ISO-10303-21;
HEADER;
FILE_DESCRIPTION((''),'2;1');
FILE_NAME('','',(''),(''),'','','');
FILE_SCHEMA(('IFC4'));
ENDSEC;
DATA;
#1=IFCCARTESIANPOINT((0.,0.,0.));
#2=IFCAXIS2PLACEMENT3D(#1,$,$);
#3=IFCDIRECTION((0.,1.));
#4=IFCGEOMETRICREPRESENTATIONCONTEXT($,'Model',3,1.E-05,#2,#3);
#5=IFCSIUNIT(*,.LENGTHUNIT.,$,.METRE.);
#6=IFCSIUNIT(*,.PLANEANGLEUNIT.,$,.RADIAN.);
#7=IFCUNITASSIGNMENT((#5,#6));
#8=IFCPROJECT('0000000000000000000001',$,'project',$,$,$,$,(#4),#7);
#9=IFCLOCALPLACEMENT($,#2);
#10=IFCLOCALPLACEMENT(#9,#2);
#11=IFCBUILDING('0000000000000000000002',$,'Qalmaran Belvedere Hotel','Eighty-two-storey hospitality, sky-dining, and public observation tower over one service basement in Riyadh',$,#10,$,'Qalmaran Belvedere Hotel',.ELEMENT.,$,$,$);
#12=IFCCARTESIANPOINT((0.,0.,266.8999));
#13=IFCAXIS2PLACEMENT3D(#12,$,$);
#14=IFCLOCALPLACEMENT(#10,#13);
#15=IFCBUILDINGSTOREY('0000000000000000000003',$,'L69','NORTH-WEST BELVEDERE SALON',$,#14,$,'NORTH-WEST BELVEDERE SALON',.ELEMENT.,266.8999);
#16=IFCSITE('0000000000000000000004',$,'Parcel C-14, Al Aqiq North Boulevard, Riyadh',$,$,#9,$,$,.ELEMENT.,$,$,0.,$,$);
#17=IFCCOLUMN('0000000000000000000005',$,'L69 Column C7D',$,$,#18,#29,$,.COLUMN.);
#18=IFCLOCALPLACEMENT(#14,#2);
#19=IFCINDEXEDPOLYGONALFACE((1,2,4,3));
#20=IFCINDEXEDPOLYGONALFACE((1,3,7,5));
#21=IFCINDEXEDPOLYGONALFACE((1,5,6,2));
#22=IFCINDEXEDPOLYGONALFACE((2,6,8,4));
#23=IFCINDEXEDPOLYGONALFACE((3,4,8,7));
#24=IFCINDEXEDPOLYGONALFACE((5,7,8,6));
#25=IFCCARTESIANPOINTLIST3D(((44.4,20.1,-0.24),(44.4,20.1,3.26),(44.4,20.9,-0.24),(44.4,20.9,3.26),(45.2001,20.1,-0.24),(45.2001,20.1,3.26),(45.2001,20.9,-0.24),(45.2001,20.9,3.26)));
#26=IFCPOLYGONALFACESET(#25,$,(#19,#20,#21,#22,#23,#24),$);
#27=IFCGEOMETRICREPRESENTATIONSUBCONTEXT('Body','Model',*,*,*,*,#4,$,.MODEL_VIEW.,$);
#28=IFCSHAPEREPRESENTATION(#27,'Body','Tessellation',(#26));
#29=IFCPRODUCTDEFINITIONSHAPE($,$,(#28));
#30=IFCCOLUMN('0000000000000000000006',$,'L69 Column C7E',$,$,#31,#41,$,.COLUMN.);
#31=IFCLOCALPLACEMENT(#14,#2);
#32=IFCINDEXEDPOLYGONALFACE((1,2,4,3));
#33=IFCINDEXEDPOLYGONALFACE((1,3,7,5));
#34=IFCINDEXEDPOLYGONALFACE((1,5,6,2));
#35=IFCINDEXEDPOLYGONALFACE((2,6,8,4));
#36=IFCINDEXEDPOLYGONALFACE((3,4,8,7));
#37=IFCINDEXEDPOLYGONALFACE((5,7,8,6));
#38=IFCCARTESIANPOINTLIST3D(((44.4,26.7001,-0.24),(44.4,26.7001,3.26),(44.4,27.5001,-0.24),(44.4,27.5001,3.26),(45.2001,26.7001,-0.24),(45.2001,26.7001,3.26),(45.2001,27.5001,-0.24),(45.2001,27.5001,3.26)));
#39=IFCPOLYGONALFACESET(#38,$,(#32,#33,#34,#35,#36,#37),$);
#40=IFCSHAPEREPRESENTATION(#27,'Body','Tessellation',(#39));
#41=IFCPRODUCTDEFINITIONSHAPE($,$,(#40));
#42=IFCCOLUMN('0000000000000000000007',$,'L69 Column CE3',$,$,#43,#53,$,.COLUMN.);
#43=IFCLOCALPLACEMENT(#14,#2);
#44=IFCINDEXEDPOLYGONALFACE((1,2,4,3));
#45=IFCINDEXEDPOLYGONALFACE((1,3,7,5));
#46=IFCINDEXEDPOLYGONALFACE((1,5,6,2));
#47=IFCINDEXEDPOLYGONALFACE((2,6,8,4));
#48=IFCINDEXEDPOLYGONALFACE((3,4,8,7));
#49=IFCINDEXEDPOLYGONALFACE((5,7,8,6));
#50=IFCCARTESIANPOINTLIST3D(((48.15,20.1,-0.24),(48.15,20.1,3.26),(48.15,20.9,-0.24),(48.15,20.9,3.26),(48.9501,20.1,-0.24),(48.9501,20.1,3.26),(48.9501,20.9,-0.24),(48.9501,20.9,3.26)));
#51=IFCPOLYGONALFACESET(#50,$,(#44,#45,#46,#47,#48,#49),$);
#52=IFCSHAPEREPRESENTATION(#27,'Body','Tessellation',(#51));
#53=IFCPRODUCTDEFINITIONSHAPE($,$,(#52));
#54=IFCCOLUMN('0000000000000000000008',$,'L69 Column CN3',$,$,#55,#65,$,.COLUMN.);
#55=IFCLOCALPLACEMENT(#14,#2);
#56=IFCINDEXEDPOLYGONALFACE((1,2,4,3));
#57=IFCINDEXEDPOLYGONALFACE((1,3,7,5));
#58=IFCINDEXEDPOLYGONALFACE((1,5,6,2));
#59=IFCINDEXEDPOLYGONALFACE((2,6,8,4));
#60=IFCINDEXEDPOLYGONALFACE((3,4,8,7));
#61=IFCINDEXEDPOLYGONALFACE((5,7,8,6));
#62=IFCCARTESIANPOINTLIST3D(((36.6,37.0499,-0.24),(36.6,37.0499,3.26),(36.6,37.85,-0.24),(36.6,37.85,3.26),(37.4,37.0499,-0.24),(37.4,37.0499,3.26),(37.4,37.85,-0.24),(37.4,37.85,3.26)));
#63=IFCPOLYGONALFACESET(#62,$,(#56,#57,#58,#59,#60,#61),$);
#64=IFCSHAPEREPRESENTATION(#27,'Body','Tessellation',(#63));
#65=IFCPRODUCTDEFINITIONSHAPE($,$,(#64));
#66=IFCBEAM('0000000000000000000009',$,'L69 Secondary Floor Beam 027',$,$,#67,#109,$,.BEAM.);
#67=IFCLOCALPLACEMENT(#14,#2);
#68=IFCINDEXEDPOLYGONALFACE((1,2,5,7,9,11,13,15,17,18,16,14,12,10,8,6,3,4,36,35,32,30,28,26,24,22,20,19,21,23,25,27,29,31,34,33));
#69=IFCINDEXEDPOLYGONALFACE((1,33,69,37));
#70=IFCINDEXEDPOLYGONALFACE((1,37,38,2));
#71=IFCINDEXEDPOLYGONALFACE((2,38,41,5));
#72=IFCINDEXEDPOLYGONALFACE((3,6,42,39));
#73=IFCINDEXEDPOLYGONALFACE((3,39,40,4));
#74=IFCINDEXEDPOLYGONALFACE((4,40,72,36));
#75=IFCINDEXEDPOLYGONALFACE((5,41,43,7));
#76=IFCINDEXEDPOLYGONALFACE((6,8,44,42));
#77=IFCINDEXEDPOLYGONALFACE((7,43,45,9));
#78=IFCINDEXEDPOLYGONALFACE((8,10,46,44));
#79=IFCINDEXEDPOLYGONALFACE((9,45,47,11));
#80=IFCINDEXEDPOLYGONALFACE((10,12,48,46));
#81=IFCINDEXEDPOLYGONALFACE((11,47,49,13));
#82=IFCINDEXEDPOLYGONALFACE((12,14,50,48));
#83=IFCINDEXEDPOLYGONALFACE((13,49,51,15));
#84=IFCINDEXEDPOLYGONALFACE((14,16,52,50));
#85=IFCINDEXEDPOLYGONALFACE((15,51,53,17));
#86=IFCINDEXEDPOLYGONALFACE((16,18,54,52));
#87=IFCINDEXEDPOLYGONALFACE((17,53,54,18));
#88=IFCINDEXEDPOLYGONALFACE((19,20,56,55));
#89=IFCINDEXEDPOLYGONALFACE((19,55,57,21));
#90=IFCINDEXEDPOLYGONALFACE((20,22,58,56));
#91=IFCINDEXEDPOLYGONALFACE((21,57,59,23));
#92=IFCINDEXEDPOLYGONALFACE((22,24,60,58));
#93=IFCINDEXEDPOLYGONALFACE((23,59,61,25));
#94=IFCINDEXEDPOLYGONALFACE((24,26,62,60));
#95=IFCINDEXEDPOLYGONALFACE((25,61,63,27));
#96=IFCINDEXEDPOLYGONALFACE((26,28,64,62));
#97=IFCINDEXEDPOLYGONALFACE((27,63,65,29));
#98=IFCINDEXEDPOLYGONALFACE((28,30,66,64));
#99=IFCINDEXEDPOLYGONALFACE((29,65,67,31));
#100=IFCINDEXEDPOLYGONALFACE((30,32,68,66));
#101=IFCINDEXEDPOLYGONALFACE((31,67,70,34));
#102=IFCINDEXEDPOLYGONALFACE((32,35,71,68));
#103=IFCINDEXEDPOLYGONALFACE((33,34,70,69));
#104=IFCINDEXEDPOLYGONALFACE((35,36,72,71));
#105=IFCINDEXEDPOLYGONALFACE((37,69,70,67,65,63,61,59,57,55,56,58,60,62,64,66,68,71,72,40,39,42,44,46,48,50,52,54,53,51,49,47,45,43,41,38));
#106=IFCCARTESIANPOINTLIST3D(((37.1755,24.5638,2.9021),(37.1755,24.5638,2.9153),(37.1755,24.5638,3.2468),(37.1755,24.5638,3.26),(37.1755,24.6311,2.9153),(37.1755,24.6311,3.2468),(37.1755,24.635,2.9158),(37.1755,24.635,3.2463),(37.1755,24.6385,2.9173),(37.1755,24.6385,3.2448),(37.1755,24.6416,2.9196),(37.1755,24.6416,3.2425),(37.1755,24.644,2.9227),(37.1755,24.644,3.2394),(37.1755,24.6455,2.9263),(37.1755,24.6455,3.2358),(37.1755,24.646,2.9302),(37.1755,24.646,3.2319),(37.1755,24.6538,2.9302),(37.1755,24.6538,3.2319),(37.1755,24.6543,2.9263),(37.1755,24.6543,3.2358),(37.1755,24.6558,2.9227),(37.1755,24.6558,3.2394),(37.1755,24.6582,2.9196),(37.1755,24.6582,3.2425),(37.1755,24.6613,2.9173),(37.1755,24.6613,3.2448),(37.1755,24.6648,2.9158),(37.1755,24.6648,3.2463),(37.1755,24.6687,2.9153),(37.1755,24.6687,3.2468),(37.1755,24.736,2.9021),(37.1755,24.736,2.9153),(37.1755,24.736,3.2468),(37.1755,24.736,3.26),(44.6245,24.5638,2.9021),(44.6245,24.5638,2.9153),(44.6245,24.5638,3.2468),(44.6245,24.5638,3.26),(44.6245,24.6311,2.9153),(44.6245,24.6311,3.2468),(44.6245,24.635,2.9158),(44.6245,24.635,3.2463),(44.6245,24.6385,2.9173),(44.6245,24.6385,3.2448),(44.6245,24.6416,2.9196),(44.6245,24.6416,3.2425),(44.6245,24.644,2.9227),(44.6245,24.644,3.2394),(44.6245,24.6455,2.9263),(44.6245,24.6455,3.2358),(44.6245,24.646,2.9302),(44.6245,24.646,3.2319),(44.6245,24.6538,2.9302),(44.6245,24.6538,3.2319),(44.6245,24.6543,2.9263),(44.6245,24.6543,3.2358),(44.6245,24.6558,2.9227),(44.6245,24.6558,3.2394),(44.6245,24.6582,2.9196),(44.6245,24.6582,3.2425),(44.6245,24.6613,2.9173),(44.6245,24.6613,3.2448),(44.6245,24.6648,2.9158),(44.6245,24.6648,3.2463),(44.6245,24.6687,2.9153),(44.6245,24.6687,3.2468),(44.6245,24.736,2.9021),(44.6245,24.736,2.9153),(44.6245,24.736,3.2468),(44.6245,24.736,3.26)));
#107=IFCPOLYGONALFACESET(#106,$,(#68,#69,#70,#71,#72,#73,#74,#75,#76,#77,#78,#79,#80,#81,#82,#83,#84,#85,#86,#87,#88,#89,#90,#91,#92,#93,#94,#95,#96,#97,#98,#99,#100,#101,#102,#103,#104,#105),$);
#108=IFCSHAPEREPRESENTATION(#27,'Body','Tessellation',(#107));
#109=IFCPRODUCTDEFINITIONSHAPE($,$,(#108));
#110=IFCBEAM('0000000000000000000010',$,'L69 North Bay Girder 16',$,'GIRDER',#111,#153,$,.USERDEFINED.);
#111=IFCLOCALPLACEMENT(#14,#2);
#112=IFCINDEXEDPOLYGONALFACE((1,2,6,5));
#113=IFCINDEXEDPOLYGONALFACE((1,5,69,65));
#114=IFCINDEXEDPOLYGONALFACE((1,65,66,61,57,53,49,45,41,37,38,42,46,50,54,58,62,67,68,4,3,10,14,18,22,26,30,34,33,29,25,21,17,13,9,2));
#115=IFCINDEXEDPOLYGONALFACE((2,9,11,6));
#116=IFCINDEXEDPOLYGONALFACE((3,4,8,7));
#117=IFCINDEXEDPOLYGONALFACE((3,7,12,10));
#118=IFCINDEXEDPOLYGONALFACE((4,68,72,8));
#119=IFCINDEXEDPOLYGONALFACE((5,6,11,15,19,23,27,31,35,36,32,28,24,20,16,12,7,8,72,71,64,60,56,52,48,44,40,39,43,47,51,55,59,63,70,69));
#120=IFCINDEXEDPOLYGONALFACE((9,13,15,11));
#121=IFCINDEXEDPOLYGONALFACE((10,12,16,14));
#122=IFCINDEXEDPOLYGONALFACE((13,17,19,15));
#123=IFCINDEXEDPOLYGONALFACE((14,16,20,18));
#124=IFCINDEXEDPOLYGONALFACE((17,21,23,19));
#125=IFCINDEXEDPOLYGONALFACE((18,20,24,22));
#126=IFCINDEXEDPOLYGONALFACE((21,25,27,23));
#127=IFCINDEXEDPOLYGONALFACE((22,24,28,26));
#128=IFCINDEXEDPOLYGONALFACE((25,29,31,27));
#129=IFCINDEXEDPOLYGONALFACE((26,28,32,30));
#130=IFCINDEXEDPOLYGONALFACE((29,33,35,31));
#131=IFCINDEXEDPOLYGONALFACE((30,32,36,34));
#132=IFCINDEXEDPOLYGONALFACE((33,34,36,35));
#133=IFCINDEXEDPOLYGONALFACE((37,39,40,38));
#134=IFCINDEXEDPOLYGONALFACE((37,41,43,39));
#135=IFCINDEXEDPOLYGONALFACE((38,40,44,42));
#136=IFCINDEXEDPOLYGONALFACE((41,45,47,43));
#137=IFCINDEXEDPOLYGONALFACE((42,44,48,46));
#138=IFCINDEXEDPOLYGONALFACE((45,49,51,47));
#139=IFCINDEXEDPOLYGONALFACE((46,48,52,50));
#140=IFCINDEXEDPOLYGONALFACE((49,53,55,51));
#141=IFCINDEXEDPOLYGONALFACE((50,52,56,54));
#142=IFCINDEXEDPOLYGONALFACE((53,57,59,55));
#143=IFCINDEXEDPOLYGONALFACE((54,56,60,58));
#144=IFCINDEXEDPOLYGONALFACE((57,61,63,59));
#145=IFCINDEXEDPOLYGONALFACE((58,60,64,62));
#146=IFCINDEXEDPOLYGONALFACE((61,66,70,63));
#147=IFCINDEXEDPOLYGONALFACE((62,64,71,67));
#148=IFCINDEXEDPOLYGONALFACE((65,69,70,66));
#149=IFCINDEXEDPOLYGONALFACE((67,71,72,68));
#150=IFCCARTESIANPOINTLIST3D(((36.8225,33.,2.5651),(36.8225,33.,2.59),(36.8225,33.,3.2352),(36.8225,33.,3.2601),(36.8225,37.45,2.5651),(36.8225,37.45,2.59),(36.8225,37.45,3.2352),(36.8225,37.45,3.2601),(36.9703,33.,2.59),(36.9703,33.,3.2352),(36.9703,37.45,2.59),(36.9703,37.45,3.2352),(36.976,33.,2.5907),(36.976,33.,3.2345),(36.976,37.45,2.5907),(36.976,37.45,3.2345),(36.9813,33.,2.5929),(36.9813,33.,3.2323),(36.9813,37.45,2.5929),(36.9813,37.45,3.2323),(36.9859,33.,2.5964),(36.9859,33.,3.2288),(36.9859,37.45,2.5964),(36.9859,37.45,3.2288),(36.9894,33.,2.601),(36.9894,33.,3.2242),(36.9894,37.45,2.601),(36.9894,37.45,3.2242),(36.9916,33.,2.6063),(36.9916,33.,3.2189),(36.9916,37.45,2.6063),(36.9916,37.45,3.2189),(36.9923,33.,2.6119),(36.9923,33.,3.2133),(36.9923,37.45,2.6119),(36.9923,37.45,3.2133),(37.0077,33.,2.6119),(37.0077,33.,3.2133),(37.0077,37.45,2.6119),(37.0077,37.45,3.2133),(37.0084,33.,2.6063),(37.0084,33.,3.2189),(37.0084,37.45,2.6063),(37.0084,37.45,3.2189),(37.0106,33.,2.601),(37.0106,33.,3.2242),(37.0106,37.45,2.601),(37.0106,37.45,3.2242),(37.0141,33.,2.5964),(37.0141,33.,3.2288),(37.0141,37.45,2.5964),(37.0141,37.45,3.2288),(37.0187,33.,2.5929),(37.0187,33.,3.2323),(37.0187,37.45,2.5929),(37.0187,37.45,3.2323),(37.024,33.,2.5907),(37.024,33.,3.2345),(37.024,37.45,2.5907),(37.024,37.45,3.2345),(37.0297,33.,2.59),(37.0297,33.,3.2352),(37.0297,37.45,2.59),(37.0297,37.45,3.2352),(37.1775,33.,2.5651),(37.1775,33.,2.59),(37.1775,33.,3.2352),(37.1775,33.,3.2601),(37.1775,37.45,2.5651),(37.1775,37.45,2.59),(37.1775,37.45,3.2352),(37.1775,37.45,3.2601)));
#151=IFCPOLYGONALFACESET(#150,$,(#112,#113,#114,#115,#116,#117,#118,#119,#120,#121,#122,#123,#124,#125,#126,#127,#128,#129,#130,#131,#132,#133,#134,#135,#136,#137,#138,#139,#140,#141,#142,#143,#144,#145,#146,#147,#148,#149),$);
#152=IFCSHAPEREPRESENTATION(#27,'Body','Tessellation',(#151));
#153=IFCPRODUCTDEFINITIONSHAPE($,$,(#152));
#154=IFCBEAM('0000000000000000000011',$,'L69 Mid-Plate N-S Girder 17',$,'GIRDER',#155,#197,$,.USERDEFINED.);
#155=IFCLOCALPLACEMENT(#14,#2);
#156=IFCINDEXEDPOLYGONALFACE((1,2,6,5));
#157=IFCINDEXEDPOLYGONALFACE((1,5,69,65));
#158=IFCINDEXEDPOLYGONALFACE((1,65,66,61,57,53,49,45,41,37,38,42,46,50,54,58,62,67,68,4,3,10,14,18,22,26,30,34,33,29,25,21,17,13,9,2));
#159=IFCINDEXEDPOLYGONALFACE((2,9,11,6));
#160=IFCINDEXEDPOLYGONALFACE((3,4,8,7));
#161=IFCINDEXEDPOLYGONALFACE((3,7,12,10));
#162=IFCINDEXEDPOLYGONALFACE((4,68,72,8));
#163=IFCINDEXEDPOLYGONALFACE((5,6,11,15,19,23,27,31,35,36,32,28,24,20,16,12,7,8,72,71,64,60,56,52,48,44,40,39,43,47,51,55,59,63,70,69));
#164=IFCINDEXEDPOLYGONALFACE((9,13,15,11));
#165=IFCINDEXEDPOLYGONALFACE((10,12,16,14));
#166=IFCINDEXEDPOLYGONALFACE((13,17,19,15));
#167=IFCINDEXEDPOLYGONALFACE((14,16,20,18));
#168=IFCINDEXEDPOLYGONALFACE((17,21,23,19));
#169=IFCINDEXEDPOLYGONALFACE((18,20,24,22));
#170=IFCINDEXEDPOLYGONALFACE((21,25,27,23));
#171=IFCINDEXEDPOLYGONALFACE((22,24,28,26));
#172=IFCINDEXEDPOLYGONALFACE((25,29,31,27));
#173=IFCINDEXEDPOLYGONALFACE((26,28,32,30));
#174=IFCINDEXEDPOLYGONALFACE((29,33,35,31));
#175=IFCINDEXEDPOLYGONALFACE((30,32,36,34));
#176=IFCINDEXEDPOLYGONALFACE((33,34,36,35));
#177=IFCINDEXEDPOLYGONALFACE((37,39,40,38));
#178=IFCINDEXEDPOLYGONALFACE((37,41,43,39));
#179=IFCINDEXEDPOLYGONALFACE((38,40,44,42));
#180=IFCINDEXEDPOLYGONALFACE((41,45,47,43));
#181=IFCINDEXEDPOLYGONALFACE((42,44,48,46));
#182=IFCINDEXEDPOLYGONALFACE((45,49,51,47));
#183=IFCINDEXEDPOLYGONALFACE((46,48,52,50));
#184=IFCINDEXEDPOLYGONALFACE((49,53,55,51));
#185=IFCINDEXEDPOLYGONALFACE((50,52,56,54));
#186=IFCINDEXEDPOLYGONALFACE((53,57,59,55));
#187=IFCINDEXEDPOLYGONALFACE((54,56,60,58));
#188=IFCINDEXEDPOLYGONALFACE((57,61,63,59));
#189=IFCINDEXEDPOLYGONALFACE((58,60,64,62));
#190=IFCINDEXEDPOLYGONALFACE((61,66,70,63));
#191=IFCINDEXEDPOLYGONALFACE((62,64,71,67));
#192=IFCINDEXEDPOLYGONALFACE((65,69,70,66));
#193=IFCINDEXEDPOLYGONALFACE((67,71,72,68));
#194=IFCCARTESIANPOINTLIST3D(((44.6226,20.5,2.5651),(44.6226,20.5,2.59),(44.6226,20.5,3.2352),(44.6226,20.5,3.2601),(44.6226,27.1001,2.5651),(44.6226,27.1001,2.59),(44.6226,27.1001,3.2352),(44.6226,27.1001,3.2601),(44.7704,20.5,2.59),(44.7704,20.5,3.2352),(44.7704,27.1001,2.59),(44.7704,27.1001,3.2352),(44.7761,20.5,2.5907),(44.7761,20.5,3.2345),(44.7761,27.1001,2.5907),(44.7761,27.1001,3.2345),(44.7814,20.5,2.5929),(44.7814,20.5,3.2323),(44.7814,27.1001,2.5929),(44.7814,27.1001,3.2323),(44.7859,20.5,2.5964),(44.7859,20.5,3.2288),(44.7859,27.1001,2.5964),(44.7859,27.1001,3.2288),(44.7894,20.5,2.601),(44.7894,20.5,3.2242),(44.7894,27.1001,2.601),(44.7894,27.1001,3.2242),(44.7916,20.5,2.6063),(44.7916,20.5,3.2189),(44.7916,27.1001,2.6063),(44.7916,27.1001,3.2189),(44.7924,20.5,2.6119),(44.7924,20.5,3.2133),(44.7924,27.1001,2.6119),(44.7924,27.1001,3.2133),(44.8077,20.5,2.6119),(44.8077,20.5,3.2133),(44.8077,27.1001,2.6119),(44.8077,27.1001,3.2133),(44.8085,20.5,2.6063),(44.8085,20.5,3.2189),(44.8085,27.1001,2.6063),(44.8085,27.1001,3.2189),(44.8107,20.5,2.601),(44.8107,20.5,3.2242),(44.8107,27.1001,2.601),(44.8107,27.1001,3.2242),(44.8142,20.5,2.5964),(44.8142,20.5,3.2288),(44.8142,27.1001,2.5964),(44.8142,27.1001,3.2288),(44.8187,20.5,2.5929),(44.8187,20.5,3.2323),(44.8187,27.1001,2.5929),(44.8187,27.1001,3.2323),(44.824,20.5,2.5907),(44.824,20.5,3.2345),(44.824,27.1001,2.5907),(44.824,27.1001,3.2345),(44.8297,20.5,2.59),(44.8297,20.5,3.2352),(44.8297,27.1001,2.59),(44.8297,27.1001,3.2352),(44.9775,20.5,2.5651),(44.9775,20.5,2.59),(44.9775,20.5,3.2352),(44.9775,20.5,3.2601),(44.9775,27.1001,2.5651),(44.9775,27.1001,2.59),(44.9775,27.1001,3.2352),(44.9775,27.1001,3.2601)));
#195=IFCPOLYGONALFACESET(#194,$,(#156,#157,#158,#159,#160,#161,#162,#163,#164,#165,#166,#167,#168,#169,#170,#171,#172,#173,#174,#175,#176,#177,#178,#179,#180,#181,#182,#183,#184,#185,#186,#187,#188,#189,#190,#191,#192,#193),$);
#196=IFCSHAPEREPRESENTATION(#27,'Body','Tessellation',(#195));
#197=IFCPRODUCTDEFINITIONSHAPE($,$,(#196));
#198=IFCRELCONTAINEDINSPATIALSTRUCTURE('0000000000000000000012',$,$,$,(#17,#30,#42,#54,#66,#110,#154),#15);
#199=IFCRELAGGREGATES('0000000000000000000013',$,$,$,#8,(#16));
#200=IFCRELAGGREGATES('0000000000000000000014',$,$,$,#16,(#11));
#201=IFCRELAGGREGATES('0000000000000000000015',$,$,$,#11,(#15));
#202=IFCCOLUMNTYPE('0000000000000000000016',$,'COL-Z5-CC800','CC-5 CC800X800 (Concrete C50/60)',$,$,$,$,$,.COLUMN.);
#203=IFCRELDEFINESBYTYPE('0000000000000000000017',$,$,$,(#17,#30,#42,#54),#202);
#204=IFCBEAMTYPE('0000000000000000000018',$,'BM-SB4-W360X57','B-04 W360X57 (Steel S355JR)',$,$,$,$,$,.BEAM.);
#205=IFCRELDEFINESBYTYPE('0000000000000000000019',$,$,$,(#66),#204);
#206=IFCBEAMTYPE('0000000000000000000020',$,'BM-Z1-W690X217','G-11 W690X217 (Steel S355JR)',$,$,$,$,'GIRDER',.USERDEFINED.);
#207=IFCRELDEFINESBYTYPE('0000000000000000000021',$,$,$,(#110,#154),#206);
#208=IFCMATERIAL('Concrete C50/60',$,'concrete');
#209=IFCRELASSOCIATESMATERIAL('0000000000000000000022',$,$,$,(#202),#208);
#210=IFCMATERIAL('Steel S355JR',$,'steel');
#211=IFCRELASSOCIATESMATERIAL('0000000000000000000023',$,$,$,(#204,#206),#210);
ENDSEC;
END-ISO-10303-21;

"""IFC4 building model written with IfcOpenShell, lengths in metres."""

from ifc_helpers import new_model, si_unit, direction, frame, origin, origin_2d, place, context, subcontext, project, spatial, rectangle, i_section, extrude, material, material_profile, profile_set, type_object, element, save


model = new_model("IFC4")

# Units and contexts
model_context = context("Model", 3, precision=1e-05, world=origin(), true_north=direction((0.0, 1.0)))
body_context = subcontext(model_context, "Body", "Model", "MODEL_VIEW")
ifc_project = project(units=[si_unit("LENGTHUNIT", "METRE"), si_unit("PLANEANGLEUNIT", "RADIAN")], contexts=[model_context])

# Site, building, storey
site_placement = place(None, origin())
site = spatial("IfcSite", under=ifc_project, at=site_placement, Name="Parcel C-14, Al Aqiq North Boulevard, Riyadh", CompositionType="ELEMENT", RefElevation=0.0)
building_placement = place(site_placement, origin())
building = spatial("IfcBuilding", under=site, at=building_placement, Name="Qalmaran Belvedere Hotel", Description="Eighty-two-storey hospitality, sky-dining, and public observation tower over one service basement in Riyadh", LongName="Qalmaran Belvedere Hotel", CompositionType="ELEMENT")
storey_placement = place(building_placement, frame((0.0, 0.0, 266.8999)))
storey = spatial("IfcBuildingStorey", under=building, at=storey_placement, Name="L69", Description="NORTH-WEST BELVEDERE SALON", LongName="NORTH-WEST BELVEDERE SALON", CompositionType="ELEMENT", Elevation=266.8999)

# Columns
ifc_material_1 = material(Name="Concrete C50/60", Category="concrete")
ifc_material_profile_1 = material_profile(ifc_material_1, rectangle(XDim=0.8, YDim=0.8, at=origin_2d()), Name="CC800X800")
ifc_profile_set_1 = profile_set([ifc_material_profile_1], Name="Concrete C50/60")
column_type = type_object("IfcColumnType", Name="COL-Z5-CC800", Description="CC-5 CC800X800 (Concrete C50/60)", PredefinedType="COLUMN", material=ifc_profile_set_1)
for number, where, z_axis, x_axis, name in (
    (1, (44.8, 20.5, -0.24), (0.0, 0.0, 1.0), (1.0, 0.0, 0.0), "L69 Column C7D"),
    (2, (44.8, 27.1001, -0.24), (0.0, 0.0, 1.0), (1.0, 0.0, 0.0), "L69 Column C7E"),
    (3, (48.55, 20.5, -0.24), (0.0, 0.0, 1.0), (1.0, 0.0, 0.0), "L69 Column CE3"),
    (4, (37.0, 37.45, -0.24), (0.0, 0.0, 1.0), (1.0, 0.0, 0.0), "L69 Column CN3"),
):
    element("IfcColumn", number, at=place(storey_placement, frame(where, z_axis=z_axis, x_axis=x_axis)), inside=storey, type_object=column_type, Name=name, PredefinedType="COLUMN", context=body_context, shape_type="SweptSolid", body=[
        extrude(rectangle(XDim=0.8, YDim=0.8, at=origin_2d()), origin(), (0.0, 0.0, 1.0), 3.5),
    ])

# Beams
ifc_material_2 = material(Name="Steel S355JR", Category="steel")
ifc_material_profile_2 = material_profile(ifc_material_2, i_section(OverallWidth=0.1721, OverallDepth=0.3579, WebThickness=0.0078, FlangeThickness=0.0132, FilletRadius=0.0149, at=origin_2d()), Name="W360X57")
ifc_profile_set_2 = profile_set([ifc_material_profile_2], Name="Steel S355JR")
beam_type_1 = type_object("IfcBeamType", Name="BM-SB4-W360X57", Description="B-04 W360X57 (Steel S355JR)", PredefinedType="BEAM", material=ifc_profile_set_2)
beam_1_placement = place(storey_placement, frame((37.1755, 24.6499, 3.0811), z_axis=(1.0, 0.0, 0.0), x_axis=(0.0, 1.0, 0.0)))
element("IfcBeam", 5, at=beam_1_placement, inside=storey, type_object=beam_type_1, Name="L69 Secondary Floor Beam 027", PredefinedType="BEAM", context=body_context, shape_type="SweptSolid", body=[
    extrude(i_section(OverallWidth=0.1721, OverallDepth=0.3579, WebThickness=0.0078, FlangeThickness=0.0132, FilletRadius=0.0149, at=origin_2d()), origin(), (0.0, 0.0, 1.0), 7.449),
])
ifc_material_profile_3 = material_profile(ifc_material_2, i_section(OverallWidth=0.355, OverallDepth=0.6951, WebThickness=0.0154, FlangeThickness=0.0249, FilletRadius=0.022, at=origin_2d()), Name="W690X217")
ifc_profile_set_3 = profile_set([ifc_material_profile_3], Name="Steel S355JR")
beam_type_2 = type_object("IfcBeamType", Name="BM-Z1-W690X217", Description="G-11 W690X217 (Steel S355JR)", ElementType="GIRDER", PredefinedType="USERDEFINED", material=ifc_profile_set_3)
beam_2_placement = place(storey_placement, frame((37.0, 33.0, 2.9126), z_axis=(0.0, 1.0, 0.0), x_axis=(-1.0, 0.0, 0.0)))
element("IfcBeam", 6, at=beam_2_placement, inside=storey, type_object=beam_type_2, Name="L69 North Bay Girder 16", ObjectType="GIRDER", PredefinedType="USERDEFINED", context=body_context, shape_type="SweptSolid", body=[
    extrude(i_section(OverallWidth=0.355, OverallDepth=0.6951, WebThickness=0.0154, FlangeThickness=0.0249, FilletRadius=0.022, at=origin_2d()), origin(), (0.0, 0.0, 1.0), 4.45),
])
beam_3_placement = place(storey_placement, frame((44.8, 20.5, 2.9126), z_axis=(0.0, 1.0, 0.0), x_axis=(-1.0, 0.0, 0.0)))
element("IfcBeam", 7, at=beam_3_placement, inside=storey, type_object=beam_type_2, Name="L69 Mid-Plate N-S Girder 17", ObjectType="GIRDER", PredefinedType="USERDEFINED", context=body_context, shape_type="SweptSolid", body=[
    extrude(i_section(OverallWidth=0.355, OverallDepth=0.6951, WebThickness=0.0154, FlangeThickness=0.0249, FilletRadius=0.022, at=origin_2d()), origin(), (0.0, 0.0, 1.0), 6.6001),
])

save(model, "model.ifc")
